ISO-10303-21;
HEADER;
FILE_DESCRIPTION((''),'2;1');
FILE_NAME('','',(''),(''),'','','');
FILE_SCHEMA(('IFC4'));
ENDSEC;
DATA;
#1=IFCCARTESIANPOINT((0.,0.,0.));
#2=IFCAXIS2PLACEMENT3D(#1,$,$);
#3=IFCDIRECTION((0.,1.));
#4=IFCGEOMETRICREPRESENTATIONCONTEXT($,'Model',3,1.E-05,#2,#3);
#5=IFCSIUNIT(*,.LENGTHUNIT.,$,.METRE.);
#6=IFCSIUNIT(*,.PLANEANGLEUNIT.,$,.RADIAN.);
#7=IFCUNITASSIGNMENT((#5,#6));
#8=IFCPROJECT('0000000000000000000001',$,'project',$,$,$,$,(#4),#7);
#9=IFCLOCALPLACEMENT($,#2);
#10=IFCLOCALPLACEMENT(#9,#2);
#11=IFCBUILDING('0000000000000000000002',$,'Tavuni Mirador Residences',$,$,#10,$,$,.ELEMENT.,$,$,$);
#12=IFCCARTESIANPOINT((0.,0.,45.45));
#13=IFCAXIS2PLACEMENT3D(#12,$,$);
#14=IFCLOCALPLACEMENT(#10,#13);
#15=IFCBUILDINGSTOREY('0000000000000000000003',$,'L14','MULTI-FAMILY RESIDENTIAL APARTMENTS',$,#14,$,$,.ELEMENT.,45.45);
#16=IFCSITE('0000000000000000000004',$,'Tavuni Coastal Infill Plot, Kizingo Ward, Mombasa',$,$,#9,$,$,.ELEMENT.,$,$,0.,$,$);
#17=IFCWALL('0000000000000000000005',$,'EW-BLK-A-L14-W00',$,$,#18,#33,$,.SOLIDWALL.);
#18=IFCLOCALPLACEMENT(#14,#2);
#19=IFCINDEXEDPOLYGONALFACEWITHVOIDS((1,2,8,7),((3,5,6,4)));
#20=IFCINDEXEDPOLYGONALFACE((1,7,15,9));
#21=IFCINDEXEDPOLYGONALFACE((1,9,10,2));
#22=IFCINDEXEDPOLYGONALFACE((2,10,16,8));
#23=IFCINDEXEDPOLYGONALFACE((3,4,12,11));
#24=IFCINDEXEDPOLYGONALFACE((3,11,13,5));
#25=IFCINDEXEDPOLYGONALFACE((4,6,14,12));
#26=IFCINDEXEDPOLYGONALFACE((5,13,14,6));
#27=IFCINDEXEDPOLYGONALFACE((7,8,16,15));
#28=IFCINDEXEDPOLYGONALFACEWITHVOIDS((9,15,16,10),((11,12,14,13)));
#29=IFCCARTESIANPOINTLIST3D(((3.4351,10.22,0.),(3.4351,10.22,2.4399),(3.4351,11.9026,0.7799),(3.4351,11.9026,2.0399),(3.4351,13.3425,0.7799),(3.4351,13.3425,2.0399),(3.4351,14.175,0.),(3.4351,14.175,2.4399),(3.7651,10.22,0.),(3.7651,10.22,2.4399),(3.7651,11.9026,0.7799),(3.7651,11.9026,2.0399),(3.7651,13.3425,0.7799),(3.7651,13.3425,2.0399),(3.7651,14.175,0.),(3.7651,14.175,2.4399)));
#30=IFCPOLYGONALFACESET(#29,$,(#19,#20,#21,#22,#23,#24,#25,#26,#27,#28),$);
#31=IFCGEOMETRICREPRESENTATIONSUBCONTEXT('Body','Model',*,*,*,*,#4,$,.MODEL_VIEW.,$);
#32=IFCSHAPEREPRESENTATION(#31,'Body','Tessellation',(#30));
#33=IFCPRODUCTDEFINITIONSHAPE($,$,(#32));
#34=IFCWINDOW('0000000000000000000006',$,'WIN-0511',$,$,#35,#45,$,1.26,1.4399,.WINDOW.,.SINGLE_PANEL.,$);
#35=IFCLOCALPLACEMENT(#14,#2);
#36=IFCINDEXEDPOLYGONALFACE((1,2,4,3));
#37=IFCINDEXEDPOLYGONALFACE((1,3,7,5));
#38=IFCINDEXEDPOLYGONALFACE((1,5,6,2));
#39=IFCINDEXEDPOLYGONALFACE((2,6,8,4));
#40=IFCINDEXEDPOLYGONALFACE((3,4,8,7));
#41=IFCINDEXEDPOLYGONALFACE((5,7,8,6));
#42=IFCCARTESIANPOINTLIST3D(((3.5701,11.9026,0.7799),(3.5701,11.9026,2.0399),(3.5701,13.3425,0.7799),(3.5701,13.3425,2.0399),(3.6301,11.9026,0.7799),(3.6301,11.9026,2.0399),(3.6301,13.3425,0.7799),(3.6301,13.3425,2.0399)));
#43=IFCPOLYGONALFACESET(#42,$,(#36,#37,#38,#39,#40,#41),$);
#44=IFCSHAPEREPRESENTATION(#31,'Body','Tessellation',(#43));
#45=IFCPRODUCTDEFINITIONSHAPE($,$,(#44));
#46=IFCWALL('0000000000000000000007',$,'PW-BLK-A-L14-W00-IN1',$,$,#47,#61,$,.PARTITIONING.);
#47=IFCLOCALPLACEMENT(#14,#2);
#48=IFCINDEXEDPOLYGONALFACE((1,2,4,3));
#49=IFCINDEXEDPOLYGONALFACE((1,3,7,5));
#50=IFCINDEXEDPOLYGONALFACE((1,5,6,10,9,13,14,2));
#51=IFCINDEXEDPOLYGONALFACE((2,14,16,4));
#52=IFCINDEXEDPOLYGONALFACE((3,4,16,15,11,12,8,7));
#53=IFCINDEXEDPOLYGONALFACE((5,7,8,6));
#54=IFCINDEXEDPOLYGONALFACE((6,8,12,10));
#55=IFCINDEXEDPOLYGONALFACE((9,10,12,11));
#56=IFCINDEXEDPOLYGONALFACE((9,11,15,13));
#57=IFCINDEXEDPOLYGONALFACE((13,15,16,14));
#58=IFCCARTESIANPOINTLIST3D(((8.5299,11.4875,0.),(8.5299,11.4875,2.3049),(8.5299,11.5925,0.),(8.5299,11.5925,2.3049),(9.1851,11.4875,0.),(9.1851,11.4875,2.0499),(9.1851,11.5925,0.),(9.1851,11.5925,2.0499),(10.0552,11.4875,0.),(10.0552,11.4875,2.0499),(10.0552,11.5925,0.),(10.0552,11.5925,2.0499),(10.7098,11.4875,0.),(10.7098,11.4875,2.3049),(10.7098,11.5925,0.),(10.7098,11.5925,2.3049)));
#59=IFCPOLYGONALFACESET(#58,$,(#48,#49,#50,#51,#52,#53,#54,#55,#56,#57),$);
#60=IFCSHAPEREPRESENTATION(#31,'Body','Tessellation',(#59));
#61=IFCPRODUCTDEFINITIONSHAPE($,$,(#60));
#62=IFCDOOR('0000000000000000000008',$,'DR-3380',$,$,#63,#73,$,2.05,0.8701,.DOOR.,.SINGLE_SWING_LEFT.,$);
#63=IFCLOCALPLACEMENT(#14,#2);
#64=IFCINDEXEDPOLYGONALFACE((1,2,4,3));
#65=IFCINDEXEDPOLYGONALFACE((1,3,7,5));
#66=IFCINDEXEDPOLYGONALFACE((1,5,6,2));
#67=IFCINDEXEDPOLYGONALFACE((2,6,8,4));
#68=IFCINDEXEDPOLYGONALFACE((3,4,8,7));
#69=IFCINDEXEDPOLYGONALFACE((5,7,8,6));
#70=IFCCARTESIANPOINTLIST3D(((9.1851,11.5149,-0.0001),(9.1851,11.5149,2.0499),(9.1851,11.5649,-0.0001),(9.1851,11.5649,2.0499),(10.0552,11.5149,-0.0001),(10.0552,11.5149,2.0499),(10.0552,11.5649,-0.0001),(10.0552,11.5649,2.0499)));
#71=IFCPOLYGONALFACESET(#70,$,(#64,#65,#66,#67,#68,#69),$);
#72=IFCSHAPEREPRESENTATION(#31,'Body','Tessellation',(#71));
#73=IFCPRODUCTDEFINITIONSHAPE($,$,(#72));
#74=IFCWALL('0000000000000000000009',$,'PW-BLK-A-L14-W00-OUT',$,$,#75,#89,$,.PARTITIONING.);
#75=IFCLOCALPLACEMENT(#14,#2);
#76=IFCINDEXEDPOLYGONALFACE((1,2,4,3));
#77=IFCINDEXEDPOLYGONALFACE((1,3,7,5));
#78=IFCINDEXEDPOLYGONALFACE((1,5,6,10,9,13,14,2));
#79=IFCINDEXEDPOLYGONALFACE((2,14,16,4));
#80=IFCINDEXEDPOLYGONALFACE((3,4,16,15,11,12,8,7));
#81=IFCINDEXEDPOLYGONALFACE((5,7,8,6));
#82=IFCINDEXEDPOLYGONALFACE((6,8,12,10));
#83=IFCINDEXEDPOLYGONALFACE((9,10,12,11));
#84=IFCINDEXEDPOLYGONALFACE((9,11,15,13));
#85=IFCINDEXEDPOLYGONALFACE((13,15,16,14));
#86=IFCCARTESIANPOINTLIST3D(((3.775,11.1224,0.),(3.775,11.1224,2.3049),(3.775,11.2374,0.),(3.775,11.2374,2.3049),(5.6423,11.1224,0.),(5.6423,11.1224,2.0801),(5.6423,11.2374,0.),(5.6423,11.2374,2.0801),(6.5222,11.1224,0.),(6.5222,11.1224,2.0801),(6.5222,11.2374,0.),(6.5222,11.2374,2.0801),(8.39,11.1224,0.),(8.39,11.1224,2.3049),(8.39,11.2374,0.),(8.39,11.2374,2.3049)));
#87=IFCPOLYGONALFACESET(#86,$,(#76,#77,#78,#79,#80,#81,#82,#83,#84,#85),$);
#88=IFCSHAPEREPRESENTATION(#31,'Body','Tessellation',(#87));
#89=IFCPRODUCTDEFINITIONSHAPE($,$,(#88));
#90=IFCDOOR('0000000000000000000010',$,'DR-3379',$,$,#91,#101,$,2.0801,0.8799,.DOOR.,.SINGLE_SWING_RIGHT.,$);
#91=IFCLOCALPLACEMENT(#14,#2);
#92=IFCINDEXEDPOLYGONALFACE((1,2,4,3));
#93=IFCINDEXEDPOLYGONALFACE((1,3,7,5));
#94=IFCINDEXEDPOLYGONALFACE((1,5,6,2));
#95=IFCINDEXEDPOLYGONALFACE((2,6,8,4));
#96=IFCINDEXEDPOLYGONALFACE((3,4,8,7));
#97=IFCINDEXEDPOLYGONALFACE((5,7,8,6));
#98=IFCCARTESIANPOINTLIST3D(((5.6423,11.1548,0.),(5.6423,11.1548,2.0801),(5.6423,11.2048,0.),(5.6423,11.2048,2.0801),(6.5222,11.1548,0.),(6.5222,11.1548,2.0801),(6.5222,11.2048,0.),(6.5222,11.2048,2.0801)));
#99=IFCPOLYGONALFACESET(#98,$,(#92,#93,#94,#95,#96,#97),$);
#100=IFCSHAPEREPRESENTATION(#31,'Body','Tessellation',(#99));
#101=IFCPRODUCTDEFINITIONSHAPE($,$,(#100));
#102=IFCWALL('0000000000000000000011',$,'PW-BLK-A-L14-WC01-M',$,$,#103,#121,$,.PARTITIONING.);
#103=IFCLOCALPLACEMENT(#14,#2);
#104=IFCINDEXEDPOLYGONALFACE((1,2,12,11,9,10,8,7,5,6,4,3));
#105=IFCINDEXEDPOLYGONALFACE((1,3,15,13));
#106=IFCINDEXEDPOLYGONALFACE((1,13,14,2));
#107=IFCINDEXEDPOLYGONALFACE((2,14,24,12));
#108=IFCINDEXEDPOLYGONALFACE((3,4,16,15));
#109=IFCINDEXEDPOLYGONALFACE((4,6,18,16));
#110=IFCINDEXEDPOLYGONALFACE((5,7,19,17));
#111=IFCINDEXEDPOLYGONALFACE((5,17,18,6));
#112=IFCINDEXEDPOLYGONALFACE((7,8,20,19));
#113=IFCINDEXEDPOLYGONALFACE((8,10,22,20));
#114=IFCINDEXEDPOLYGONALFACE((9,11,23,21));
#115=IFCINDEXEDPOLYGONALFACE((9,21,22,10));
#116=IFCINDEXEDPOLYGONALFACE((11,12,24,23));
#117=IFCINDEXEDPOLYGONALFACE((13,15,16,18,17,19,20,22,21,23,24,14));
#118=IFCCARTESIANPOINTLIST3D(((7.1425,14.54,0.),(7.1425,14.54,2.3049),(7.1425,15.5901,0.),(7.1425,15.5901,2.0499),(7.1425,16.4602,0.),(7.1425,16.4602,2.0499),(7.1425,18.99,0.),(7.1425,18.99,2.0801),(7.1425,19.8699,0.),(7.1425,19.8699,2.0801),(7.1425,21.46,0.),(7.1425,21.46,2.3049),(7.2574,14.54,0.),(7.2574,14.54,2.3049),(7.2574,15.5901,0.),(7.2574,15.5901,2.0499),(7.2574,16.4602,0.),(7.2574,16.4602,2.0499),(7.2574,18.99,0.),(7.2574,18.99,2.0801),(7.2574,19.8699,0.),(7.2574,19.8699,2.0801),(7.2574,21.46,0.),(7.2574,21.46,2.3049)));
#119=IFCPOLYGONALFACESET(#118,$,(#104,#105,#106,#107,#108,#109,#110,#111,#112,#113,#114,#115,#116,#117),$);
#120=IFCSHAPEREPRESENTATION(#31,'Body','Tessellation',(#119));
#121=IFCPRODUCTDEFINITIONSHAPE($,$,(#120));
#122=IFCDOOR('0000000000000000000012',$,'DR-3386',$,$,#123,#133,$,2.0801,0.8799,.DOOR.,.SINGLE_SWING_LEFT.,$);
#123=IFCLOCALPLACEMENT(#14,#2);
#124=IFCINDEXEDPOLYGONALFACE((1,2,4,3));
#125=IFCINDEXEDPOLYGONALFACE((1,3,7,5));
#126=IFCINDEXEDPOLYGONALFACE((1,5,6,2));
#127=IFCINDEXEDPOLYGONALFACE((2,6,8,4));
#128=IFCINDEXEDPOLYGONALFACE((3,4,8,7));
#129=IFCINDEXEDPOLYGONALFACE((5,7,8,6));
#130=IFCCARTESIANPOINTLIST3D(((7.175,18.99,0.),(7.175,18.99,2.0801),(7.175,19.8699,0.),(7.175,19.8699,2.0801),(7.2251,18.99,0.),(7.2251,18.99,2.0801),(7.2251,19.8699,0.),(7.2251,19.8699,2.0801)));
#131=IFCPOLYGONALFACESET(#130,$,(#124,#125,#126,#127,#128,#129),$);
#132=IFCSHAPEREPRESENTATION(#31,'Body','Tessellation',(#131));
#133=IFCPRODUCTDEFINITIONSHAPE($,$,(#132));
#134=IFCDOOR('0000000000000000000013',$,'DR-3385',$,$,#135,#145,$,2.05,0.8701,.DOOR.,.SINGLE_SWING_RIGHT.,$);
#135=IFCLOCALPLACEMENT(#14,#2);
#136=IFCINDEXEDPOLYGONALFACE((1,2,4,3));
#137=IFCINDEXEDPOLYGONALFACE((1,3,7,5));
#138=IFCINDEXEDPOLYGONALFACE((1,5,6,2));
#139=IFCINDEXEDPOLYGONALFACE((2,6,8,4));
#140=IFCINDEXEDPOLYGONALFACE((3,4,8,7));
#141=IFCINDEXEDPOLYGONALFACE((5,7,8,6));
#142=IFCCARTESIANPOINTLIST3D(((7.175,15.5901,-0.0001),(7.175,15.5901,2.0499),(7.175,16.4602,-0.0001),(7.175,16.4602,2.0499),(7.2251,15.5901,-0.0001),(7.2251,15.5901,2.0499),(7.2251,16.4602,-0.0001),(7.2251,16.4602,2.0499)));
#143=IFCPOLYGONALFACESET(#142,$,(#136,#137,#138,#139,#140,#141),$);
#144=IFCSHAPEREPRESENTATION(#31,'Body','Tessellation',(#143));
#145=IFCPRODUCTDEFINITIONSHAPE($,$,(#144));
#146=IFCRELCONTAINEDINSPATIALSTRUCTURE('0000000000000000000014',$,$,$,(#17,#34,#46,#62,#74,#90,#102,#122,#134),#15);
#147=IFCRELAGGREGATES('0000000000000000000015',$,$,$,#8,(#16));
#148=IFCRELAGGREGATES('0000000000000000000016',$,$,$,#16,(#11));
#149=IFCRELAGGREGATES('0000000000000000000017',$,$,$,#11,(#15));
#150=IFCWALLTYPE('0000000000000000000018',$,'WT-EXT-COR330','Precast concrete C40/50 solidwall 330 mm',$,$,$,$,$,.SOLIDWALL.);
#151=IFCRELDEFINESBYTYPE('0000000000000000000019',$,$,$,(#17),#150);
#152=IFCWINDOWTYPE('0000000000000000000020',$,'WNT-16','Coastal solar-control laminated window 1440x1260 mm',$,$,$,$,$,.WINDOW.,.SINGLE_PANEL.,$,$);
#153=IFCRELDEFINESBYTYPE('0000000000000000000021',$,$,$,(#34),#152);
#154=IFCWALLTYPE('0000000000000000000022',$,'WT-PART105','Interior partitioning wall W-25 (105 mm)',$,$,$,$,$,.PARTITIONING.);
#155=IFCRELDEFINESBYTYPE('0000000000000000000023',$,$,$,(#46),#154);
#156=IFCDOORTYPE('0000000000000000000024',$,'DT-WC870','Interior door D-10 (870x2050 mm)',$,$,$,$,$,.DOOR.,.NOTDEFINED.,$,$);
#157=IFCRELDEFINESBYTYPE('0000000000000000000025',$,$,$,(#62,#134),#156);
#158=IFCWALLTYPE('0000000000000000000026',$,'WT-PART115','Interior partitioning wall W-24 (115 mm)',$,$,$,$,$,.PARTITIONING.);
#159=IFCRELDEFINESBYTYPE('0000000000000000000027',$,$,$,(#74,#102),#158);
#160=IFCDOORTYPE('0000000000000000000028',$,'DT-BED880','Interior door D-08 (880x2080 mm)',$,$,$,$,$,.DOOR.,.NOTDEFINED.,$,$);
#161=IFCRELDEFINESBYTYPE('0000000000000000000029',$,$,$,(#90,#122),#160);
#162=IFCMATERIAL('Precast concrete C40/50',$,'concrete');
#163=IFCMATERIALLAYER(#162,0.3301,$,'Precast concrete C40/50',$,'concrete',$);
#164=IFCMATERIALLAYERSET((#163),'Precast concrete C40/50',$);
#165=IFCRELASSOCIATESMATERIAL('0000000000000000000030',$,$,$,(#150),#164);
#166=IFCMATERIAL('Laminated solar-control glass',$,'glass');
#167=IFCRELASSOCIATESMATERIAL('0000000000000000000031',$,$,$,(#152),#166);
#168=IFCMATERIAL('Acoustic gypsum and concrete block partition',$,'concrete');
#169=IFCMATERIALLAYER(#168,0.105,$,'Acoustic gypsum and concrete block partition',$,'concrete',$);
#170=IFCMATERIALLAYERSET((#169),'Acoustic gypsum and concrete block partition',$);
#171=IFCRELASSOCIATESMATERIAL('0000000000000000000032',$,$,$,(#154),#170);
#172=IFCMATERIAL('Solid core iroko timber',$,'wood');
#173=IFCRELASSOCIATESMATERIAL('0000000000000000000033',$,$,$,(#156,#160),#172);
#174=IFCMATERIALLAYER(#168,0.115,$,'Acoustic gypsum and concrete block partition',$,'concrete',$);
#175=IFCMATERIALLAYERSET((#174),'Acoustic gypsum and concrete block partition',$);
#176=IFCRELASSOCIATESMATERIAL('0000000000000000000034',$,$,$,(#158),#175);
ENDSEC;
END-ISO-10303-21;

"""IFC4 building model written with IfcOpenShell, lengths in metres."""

from ifc_helpers import new_model, si_unit, direction, frame, frame_2d, origin, place, context, subcontext, project, spatial, rectangle, extrude, material, layer, layer_set, type_object, element, fill, save


model = new_model("IFC4")

# Units and contexts
model_context = context("Model", 3, precision=1e-05, world=origin(), true_north=direction((0.0, 1.0)))
body_context = subcontext(model_context, "Body", "Model", "MODEL_VIEW")
ifc_project = project(units=[si_unit("LENGTHUNIT", "METRE"), si_unit("PLANEANGLEUNIT", "RADIAN")], contexts=[model_context])

# Site, building, storey
site_placement = place(None, origin())
site = spatial("IfcSite", under=ifc_project, at=site_placement, Name="Tavuni Coastal Infill Plot, Kizingo Ward, Mombasa", CompositionType="ELEMENT", RefElevation=0.0)
building_placement = place(site_placement, origin())
building = spatial("IfcBuilding", under=site, at=building_placement, Name="Tavuni Mirador Residences", CompositionType="ELEMENT")
storey_placement = place(building_placement, frame((0.0, 0.0, 45.45)))
storey = spatial("IfcBuildingStorey", under=building, at=storey_placement, Name="L14", Description="MULTI-FAMILY RESIDENTIAL APARTMENTS", CompositionType="ELEMENT", Elevation=45.45)

# Shared definitions
ifc_material_1 = material(Name="Precast concrete C40/50", Category="concrete")

# Wall, opening, window
ifc_layer_1 = layer(ifc_material_1, 0.3301, Name="Precast concrete C40/50", Category="concrete")
ifc_layer_set_1 = layer_set([ifc_layer_1], Name="Precast concrete C40/50")
wall_type_1 = type_object("IfcWallType", Name="WT-EXT-COR330", Description="Precast concrete C40/50 solidwall 330 mm", PredefinedType="SOLIDWALL", material=ifc_layer_set_1)
wall_1_placement = place(storey_placement, frame((3.6001, 14.175, 0.0), z_axis=(0.0, 0.0, 1.0), x_axis=(0.0, -1.0, 0.0)))
wall_1 = element("IfcWall", 1, at=wall_1_placement, inside=storey, type_object=wall_type_1, Name="EW-BLK-A-L14-W00", PredefinedType="SOLIDWALL", context=body_context, shape_type="SweptSolid", body=[
    extrude(rectangle(XDim=3.9551, YDim=0.3301, at=frame_2d((1.9775, 0.0))), origin(), (0.0, 0.0, 1.0), 2.4399),
])
opening_1_placement = place(wall_1_placement, frame((0.8325, 0.0, 0.78)))
opening_1 = element("IfcOpeningElement", 2, at=opening_1_placement, cuts=wall_1, PredefinedType="OPENING", context=body_context, shape_type="SweptSolid", body=[
    extrude(rectangle(XDim=1.4399, YDim=1.26, at=frame_2d((0.72, 0.6299))), frame((0.0, 0.175, 0.0), z_axis=(0.0, -1.0, 0.0), x_axis=(1.0, 0.0, 0.0)), (0.0, 0.0, 1.0), 0.3501),
])
ifc_material_2 = material(Name="Laminated solar-control glass", Category="glass")
window_type = type_object("IfcWindowType", Name="WNT-16", Description="Coastal solar-control laminated window 1440x1260 mm", PartitioningType="SINGLE_PANEL", PredefinedType="WINDOW", material=ifc_material_2)
window_placement = place(opening_1_placement, origin())
window = element("IfcWindow", 3, at=window_placement, inside=storey, type_object=window_type, Name="WIN-0511", OverallHeight=1.26, OverallWidth=1.4399, PartitioningType="SINGLE_PANEL", PredefinedType="WINDOW", context=body_context, shape_type="SweptSolid", body=[
    extrude(rectangle(XDim=1.4399, YDim=1.26, at=frame_2d((0.72, 0.6299))), frame((0.0, 0.03, 0.0), z_axis=(0.0, -1.0, 0.0), x_axis=(1.0, 0.0, 0.0)), (0.0, 0.0, 1.0), 0.0601),
])
fill(opening_1, window)

# Walls, openings, doors
ifc_material_3 = material(Name="Acoustic gypsum and concrete block partition", Category="concrete")
ifc_layer_2 = layer(ifc_material_3, 0.105, Name="Acoustic gypsum and concrete block partition", Category="concrete")
ifc_layer_set_2 = layer_set([ifc_layer_2], Name="Acoustic gypsum and concrete block partition")
wall_type_2 = type_object("IfcWallType", Name="WT-PART105", Description="Interior partitioning wall W-25 (105 mm)", PredefinedType="PARTITIONING", material=ifc_layer_set_2)
wall_2_placement = place(storey_placement, frame((8.53, 11.54, 0.0), z_axis=(0.0, 0.0, 1.0), x_axis=(1.0, 0.0, 0.0)))
wall_2 = element("IfcWall", 4, at=wall_2_placement, inside=storey, type_object=wall_type_2, Name="PW-BLK-A-L14-W00-IN1", PredefinedType="PARTITIONING", context=body_context, shape_type="SweptSolid", body=[
    extrude(rectangle(XDim=2.1799, YDim=0.105, at=frame_2d((1.0898, 0.0))), origin(), (0.0, 0.0, 1.0), 2.3049),
])
opening_2_placement = place(wall_2_placement, frame((0.655, 0.0, 0.0)))
opening_2 = element("IfcOpeningElement", 5, at=opening_2_placement, cuts=wall_2, PredefinedType="OPENING", context=body_context, shape_type="SweptSolid", body=[
    extrude(rectangle(XDim=0.8701, YDim=2.05, at=frame_2d((0.4351, 1.0249))), frame((0.0, 0.0625, 0.0), z_axis=(0.0, -1.0, 0.0), x_axis=(1.0, 0.0, 0.0)), (0.0, 0.0, 1.0), 0.125),
])
ifc_material_4 = material(Name="Solid core iroko timber", Category="wood")
door_type_1 = type_object("IfcDoorType", Name="DT-WC870", Description="Interior door D-10 (870x2050 mm)", OperationType="NOTDEFINED", PredefinedType="DOOR", material=ifc_material_4)
door_1_placement = place(opening_2_placement, origin())
door_1 = element("IfcDoor", 6, at=door_1_placement, inside=storey, type_object=door_type_1, Name="DR-3380", OperationType="SINGLE_SWING_LEFT", OverallHeight=2.05, OverallWidth=0.8701, PredefinedType="DOOR", context=body_context, shape_type="SweptSolid", body=[
    extrude(rectangle(XDim=0.8701, YDim=2.05, at=frame_2d((0.4351, 1.0249))), frame((0.0, 0.0249, 0.0), z_axis=(0.0, -1.0, 0.0), x_axis=(1.0, 0.0, 0.0)), (0.0, 0.0, 1.0), 0.05),
])
fill(opening_2, door_1)
ifc_layer_3 = layer(ifc_material_3, 0.115, Name="Acoustic gypsum and concrete block partition", Category="concrete")
ifc_layer_set_3 = layer_set([ifc_layer_3], Name="Acoustic gypsum and concrete block partition")
wall_type_3 = type_object("IfcWallType", Name="WT-PART115", Description="Interior partitioning wall W-24 (115 mm)", PredefinedType="PARTITIONING", material=ifc_layer_set_3)
wall_3_placement = place(storey_placement, frame((3.7749, 11.1799, 0.0), z_axis=(0.0, 0.0, 1.0), x_axis=(1.0, 0.0, 0.0)))
wall_3 = element("IfcWall", 7, at=wall_3_placement, inside=storey, type_object=wall_type_3, Name="PW-BLK-A-L14-W00-OUT", PredefinedType="PARTITIONING", context=body_context, shape_type="SweptSolid", body=[
    extrude(rectangle(XDim=4.615, YDim=0.115, at=frame_2d((2.3076, 0.0))), origin(), (0.0, 0.0, 1.0), 2.3049),
])
opening_3_placement = place(wall_3_placement, frame((1.8674, 0.0, 0.0)))
opening_3 = element("IfcOpeningElement", 8, at=opening_3_placement, cuts=wall_3, PredefinedType="OPENING", context=body_context, shape_type="SweptSolid", body=[
    extrude(rectangle(XDim=0.8799, YDim=2.0801, at=frame_2d((0.4399, 1.04))), frame((0.0, 0.0674, 0.0), z_axis=(0.0, -1.0, 0.0), x_axis=(1.0, 0.0, 0.0)), (0.0, 0.0, 1.0), 0.135),
])
door_type_2 = type_object("IfcDoorType", Name="DT-BED880", Description="Interior door D-08 (880x2080 mm)", OperationType="NOTDEFINED", PredefinedType="DOOR", material=ifc_material_4)
door_2_placement = place(opening_3_placement, origin())
door_2 = element("IfcDoor", 9, at=door_2_placement, inside=storey, type_object=door_type_2, Name="DR-3379", OperationType="SINGLE_SWING_RIGHT", OverallHeight=2.0801, OverallWidth=0.8799, PredefinedType="DOOR", context=body_context, shape_type="SweptSolid", body=[
    extrude(rectangle(XDim=0.8799, YDim=2.0801, at=frame_2d((0.4399, 1.04))), frame((0.0, 0.0249, 0.0), z_axis=(0.0, -1.0, 0.0), x_axis=(1.0, 0.0, 0.0)), (0.0, 0.0, 1.0), 0.05),
])
fill(opening_3, door_2)

# Wall, openings, doors
wall_4_placement = place(storey_placement, frame((7.2, 14.54, 0.0), z_axis=(0.0, 0.0, 1.0), x_axis=(0.0, 1.0, 0.0)))
wall_4 = element("IfcWall", 10, at=wall_4_placement, inside=storey, type_object=wall_type_3, Name="PW-BLK-A-L14-WC01-M", PredefinedType="PARTITIONING", context=body_context, shape_type="SweptSolid", body=[
    extrude(rectangle(XDim=6.9199, YDim=0.115, at=frame_2d((3.46, 0.0))), origin(), (0.0, 0.0, 1.0), 2.3049),
])
opening_4_placement = place(wall_4_placement, frame((1.05, 0.0, 0.0)))
opening_4 = element("IfcOpeningElement", 11, at=opening_4_placement, cuts=wall_4, PredefinedType="OPENING", context=body_context, shape_type="SweptSolid", body=[
    extrude(rectangle(XDim=0.8701, YDim=2.05, at=frame_2d((0.4351, 1.0249))), frame((0.0, 0.0674, 0.0), z_axis=(0.0, -1.0, 0.0), x_axis=(1.0, 0.0, 0.0)), (0.0, 0.0, 1.0), 0.135),
])
opening_5_placement = place(wall_4_placement, frame((4.45, 0.0, 0.0)))
opening_5 = element("IfcOpeningElement", 12, at=opening_5_placement, cuts=wall_4, PredefinedType="OPENING", context=body_context, shape_type="SweptSolid", body=[
    extrude(rectangle(XDim=0.8799, YDim=2.0801, at=frame_2d((0.4399, 1.04))), frame((0.0, 0.0674, 0.0), z_axis=(0.0, -1.0, 0.0), x_axis=(1.0, 0.0, 0.0)), (0.0, 0.0, 1.0), 0.135),
])
door_3_placement = place(opening_5_placement, origin())
door_3 = element("IfcDoor", 13, at=door_3_placement, inside=storey, type_object=door_type_2, Name="DR-3386", OperationType="SINGLE_SWING_LEFT", OverallHeight=2.0801, OverallWidth=0.8799, PredefinedType="DOOR", context=body_context, shape_type="SweptSolid", body=[
    extrude(rectangle(XDim=0.8799, YDim=2.0801, at=frame_2d((0.4399, 1.04))), frame((0.0, 0.0249, 0.0), z_axis=(0.0, -1.0, 0.0), x_axis=(1.0, 0.0, 0.0)), (0.0, 0.0, 1.0), 0.05),
])
fill(opening_5, door_3)
door_4_placement = place(opening_4_placement, origin())
door_4 = element("IfcDoor", 14, at=door_4_placement, inside=storey, type_object=door_type_1, Name="DR-3385", OperationType="SINGLE_SWING_RIGHT", OverallHeight=2.05, OverallWidth=0.8701, PredefinedType="DOOR", context=body_context, shape_type="SweptSolid", body=[
    extrude(rectangle(XDim=0.8701, YDim=2.05, at=frame_2d((0.4351, 1.0249))), frame((0.0, 0.0249, 0.0), z_axis=(0.0, -1.0, 0.0), x_axis=(1.0, 0.0, 0.0)), (0.0, 0.0, 1.0), 0.05),
])
fill(opening_4, door_4)

save(model, "model.ifc")
